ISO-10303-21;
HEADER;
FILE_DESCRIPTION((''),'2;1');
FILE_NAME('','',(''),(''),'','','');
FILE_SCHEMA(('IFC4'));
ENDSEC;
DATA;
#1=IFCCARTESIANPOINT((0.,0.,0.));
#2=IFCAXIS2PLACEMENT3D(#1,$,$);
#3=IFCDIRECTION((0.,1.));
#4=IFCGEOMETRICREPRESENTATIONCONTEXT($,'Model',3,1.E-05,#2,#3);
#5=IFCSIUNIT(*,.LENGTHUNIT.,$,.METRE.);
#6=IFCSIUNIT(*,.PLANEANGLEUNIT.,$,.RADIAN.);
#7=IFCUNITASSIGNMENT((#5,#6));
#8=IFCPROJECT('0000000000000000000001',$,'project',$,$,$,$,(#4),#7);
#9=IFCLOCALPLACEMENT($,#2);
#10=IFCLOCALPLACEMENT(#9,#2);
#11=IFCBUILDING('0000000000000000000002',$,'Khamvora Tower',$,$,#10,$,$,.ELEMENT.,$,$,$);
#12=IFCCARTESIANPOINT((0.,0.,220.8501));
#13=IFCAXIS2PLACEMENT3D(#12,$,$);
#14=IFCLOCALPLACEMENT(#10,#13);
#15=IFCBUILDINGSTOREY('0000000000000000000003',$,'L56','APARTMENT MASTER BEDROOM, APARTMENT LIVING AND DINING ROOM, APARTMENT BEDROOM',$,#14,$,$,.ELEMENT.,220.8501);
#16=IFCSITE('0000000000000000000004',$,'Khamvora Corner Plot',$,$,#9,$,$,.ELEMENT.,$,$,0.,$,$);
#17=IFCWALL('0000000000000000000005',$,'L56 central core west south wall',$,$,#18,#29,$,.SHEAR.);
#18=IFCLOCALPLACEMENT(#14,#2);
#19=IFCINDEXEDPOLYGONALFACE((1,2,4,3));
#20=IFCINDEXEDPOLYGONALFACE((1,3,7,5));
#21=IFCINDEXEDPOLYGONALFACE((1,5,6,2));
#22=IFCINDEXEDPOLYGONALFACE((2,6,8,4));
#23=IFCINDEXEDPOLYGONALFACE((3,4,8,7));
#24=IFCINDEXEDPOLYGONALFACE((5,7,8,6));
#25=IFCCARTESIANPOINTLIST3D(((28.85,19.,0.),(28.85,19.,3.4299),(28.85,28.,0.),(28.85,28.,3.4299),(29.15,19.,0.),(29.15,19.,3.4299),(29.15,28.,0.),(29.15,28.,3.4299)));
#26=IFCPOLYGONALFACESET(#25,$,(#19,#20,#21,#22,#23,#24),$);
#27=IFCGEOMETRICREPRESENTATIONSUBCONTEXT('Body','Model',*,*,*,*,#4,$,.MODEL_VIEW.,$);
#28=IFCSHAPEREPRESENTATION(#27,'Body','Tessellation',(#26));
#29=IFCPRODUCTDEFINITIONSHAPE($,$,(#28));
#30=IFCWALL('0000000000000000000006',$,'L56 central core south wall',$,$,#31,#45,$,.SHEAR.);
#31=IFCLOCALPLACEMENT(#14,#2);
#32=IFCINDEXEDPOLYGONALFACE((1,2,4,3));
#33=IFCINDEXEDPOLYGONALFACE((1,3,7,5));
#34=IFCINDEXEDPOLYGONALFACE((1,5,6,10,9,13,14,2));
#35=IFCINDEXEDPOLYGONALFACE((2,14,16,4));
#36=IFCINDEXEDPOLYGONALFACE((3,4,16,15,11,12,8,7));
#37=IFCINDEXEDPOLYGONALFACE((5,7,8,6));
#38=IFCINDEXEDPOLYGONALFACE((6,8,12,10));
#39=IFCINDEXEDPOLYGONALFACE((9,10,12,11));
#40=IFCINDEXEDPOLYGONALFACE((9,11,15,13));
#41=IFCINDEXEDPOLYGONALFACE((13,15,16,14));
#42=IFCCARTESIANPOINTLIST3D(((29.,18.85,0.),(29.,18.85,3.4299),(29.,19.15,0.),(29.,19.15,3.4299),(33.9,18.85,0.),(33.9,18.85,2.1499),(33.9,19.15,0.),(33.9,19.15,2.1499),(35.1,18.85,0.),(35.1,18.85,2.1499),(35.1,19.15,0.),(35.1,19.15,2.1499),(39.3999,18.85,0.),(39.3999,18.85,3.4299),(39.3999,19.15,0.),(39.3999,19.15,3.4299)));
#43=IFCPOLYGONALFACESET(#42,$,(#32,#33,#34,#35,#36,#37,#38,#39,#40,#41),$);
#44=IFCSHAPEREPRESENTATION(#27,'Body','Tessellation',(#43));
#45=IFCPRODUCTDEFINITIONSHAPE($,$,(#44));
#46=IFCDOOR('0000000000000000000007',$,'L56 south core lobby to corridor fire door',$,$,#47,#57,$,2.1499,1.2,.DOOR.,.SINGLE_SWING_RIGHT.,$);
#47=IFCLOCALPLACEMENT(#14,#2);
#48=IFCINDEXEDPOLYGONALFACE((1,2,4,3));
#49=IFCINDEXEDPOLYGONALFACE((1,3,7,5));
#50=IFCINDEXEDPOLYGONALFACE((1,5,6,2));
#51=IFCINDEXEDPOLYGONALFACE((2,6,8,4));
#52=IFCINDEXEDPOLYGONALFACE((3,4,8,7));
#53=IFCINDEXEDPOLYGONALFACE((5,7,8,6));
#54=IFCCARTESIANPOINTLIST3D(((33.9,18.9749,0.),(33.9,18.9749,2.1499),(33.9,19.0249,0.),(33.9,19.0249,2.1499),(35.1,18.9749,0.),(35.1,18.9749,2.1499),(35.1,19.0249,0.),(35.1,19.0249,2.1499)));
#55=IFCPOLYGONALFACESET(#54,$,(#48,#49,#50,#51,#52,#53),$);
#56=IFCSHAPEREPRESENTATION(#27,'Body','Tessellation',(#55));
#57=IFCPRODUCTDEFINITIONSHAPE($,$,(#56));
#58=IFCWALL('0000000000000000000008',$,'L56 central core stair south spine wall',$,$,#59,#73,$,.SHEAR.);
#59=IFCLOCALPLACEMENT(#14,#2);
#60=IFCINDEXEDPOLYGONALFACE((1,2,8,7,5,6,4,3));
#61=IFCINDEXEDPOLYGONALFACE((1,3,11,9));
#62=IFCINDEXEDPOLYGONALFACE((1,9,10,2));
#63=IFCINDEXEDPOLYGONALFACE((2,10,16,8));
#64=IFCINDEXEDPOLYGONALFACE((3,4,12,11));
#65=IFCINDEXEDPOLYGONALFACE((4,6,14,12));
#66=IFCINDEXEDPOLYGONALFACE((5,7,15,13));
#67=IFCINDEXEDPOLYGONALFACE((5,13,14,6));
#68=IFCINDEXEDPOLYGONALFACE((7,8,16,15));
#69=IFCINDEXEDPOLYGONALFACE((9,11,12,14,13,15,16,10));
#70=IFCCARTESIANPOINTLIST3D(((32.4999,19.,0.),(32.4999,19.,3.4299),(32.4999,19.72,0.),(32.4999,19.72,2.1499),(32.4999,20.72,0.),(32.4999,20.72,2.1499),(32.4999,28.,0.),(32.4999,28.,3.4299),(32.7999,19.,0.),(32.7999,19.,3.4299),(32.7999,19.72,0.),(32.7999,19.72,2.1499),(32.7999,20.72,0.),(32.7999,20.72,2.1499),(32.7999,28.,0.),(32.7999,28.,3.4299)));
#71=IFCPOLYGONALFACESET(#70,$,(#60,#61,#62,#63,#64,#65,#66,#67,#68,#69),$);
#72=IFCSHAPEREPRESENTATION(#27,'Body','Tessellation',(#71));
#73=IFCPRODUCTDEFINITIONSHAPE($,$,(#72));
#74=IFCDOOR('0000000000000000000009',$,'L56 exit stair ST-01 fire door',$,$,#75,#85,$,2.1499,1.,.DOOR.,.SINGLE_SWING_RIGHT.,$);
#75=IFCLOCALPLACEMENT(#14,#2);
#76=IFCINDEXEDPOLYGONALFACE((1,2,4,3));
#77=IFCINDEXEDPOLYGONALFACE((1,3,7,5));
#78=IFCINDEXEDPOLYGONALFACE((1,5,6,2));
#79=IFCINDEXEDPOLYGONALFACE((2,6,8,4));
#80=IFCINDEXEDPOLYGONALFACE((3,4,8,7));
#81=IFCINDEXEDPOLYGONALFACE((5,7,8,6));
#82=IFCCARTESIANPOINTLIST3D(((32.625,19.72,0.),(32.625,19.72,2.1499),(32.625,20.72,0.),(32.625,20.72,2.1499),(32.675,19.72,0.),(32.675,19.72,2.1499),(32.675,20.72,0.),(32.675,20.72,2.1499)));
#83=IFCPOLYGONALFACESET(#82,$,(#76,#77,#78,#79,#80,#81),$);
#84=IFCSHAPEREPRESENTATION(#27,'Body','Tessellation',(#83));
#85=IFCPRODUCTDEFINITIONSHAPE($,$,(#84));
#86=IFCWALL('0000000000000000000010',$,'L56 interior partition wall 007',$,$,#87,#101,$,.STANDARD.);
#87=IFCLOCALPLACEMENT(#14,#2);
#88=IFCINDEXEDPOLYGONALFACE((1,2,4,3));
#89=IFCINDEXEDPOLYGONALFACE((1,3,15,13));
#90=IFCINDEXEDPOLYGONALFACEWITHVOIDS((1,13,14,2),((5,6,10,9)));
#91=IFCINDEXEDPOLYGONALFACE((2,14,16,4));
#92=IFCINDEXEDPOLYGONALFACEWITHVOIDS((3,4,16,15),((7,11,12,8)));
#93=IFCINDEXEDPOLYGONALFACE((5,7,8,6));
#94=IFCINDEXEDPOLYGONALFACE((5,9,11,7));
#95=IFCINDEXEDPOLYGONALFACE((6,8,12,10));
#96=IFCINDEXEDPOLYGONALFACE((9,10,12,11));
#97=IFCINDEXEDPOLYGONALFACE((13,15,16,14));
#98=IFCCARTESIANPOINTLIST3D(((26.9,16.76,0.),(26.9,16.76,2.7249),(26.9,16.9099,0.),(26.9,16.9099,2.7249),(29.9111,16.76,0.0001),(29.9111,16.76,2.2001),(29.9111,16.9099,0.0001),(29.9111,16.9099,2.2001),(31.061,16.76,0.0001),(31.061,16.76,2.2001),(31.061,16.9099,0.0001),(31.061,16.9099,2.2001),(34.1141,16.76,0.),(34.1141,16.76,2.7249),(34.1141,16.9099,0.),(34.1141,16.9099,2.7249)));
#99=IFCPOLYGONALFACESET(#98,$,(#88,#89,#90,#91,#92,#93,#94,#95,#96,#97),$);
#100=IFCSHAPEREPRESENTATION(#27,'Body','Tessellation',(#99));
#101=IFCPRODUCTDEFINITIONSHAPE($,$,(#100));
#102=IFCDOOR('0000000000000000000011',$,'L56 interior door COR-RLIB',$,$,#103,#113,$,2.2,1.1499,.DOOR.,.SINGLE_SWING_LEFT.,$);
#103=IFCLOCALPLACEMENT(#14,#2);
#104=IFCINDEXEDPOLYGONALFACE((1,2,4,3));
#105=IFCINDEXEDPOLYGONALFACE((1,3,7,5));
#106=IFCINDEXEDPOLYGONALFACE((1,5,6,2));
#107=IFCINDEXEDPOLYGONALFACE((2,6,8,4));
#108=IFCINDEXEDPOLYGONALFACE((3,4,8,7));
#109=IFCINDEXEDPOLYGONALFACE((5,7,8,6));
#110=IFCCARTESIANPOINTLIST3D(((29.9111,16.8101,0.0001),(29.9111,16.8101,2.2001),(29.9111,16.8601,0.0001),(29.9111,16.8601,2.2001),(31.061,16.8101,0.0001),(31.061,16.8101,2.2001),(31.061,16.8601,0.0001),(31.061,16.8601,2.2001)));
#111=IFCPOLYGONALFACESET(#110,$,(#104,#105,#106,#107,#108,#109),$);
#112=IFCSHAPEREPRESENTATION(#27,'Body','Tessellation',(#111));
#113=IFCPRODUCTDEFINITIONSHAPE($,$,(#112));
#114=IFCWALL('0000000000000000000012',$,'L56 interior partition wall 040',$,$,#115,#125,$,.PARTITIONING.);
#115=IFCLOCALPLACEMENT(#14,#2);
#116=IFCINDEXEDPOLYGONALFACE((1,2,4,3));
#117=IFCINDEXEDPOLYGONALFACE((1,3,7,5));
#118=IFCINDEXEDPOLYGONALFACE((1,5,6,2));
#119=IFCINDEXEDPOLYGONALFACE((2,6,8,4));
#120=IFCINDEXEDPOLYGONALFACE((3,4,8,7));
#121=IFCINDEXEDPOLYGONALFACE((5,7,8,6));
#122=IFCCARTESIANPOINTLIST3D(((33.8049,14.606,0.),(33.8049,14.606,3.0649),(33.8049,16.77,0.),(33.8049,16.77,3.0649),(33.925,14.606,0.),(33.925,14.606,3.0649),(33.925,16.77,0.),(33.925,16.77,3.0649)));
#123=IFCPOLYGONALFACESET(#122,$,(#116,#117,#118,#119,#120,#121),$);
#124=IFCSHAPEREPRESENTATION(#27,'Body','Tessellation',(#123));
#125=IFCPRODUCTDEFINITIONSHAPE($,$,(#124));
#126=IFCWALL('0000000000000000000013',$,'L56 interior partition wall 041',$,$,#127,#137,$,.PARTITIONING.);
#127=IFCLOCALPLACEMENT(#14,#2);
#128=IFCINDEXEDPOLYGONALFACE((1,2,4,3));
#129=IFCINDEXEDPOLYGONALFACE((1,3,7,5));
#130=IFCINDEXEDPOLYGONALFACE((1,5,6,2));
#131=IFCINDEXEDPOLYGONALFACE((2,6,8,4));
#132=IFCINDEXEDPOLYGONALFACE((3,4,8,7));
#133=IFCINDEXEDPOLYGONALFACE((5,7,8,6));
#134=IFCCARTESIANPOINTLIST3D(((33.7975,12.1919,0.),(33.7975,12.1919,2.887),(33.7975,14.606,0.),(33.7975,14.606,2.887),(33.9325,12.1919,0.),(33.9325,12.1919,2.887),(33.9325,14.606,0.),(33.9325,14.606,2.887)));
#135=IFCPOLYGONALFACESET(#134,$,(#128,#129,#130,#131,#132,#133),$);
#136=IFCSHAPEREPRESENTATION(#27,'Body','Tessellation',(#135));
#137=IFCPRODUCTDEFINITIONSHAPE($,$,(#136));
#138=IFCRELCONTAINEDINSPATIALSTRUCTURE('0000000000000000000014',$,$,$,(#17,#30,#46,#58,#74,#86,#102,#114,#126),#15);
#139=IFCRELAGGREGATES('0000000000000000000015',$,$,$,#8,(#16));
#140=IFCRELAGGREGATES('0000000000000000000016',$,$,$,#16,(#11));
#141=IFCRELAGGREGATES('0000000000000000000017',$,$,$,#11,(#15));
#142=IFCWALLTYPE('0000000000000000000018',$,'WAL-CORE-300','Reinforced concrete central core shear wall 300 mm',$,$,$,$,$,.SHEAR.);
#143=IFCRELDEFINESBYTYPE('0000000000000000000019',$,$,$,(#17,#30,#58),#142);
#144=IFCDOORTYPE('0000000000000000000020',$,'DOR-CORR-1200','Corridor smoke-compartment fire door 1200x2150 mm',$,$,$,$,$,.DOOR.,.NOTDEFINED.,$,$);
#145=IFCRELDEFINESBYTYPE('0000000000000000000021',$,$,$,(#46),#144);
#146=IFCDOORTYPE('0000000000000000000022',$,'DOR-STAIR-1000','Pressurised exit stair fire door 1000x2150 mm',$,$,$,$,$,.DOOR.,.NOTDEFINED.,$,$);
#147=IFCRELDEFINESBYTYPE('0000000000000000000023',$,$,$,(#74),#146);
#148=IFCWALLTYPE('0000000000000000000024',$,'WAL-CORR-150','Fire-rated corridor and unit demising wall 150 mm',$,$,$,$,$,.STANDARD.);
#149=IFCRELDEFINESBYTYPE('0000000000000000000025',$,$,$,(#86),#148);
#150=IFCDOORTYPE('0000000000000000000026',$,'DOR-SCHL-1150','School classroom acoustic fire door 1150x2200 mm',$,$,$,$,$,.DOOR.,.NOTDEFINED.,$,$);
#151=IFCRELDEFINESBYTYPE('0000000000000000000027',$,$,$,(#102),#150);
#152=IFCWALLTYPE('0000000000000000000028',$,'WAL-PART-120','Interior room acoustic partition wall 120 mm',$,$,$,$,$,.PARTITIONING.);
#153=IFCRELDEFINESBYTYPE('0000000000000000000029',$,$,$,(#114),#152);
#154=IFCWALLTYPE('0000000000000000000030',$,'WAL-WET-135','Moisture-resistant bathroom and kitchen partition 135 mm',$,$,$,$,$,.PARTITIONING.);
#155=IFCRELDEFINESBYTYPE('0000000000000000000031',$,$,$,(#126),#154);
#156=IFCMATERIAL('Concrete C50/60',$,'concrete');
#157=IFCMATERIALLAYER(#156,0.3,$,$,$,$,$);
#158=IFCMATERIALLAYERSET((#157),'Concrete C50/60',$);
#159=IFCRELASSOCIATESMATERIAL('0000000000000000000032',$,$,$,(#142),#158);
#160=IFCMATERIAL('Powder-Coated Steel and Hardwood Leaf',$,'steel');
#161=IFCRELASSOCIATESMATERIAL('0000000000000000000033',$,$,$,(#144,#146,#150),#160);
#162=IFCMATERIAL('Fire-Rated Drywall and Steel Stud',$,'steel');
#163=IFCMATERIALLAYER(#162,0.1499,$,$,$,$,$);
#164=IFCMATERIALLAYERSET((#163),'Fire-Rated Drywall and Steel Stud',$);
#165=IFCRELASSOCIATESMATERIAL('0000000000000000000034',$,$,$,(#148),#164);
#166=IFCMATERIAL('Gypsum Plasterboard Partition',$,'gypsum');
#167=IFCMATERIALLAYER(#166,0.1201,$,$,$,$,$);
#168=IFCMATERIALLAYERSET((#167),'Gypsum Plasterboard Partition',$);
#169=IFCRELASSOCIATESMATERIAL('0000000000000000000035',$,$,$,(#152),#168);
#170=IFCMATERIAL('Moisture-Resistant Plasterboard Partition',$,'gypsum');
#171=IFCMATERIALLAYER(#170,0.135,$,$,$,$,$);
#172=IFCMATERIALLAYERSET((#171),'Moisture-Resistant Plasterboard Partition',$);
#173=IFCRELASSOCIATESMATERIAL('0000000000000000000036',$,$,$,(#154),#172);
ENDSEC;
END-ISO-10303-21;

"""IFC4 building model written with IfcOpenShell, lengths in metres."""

from ifc_helpers import new_model, si_unit, direction, frame, frame_2d, origin, place, context, subcontext, project, spatial, rectangle, extrude, material, layer, layer_set, type_object, element, fill, save


model = new_model("IFC4")

# Units and contexts
model_context = context("Model", 3, precision=1e-05, world=origin(), true_north=direction((0.0, 1.0)))
body_context = subcontext(model_context, "Body", "Model", "MODEL_VIEW")
ifc_project = project(units=[si_unit("LENGTHUNIT", "METRE"), si_unit("PLANEANGLEUNIT", "RADIAN")], contexts=[model_context])

# Site, building, storey
site_placement = place(None, origin())
site = spatial("IfcSite", under=ifc_project, at=site_placement, Name="Khamvora Corner Plot", CompositionType="ELEMENT", RefElevation=0.0)
building_placement = place(site_placement, origin())
building = spatial("IfcBuilding", under=site, at=building_placement, Name="Khamvora Tower", CompositionType="ELEMENT")
storey_placement = place(building_placement, frame((0.0, 0.0, 220.8501)))
storey = spatial("IfcBuildingStorey", under=building, at=storey_placement, Name="L56", Description="APARTMENT MASTER BEDROOM, APARTMENT LIVING AND DINING ROOM, APARTMENT BEDROOM", CompositionType="ELEMENT", Elevation=220.8501)

# Wall
ifc_material_1 = material(Name="Concrete C50/60", Category="concrete")
ifc_layer_1 = layer(ifc_material_1, 0.3)
ifc_layer_set_1 = layer_set([ifc_layer_1], Name="Concrete C50/60")
wall_type_1 = type_object("IfcWallType", Name="WAL-CORE-300", Description="Reinforced concrete central core shear wall 300 mm", PredefinedType="SHEAR", material=ifc_layer_set_1)
wall_1_placement = place(storey_placement, frame((29.0, 19.0, 0.0), z_axis=(0.0, 0.0, 1.0), x_axis=(0.0, 1.0, 0.0)))
element("IfcWall", 1, at=wall_1_placement, inside=storey, type_object=wall_type_1, Name="L56 central core west south wall", PredefinedType="SHEAR", context=body_context, shape_type="SweptSolid", body=[
    extrude(rectangle(XDim=9.0, YDim=0.3, at=frame_2d((4.5, 0.0))), origin(), (0.0, 0.0, 1.0), 3.4299),
])

# Walls, openings, doors
wall_2_placement = place(storey_placement, frame((29.0, 19.0, 0.0), z_axis=(0.0, 0.0, 1.0), x_axis=(1.0, 0.0, 0.0)))
wall_2 = element("IfcWall", 2, at=wall_2_placement, inside=storey, type_object=wall_type_1, Name="L56 central core south wall", PredefinedType="SHEAR", context=body_context, shape_type="SweptSolid", body=[
    extrude(rectangle(XDim=10.3999, YDim=0.3, at=frame_2d((5.2, 0.0))), origin(), (0.0, 0.0, 1.0), 3.4299),
])
opening_1_placement = place(wall_2_placement, frame((4.8999, 0.0, 0.0)))
opening_1 = element("IfcOpeningElement", 3, at=opening_1_placement, cuts=wall_2, PredefinedType="OPENING", context=body_context, shape_type="SweptSolid", body=[
    extrude(rectangle(XDim=1.2, YDim=2.1499, at=frame_2d((0.6001, 1.075))), frame((0.0, 0.1599, 0.0), z_axis=(0.0, -1.0, 0.0), x_axis=(1.0, 0.0, 0.0)), (0.0, 0.0, 1.0), 0.3201),
])
ifc_material_2 = material(Name="Powder-Coated Steel and Hardwood Leaf", Category="steel")
door_type_1 = type_object("IfcDoorType", Name="DOR-CORR-1200", Description="Corridor smoke-compartment fire door 1200x2150 mm", OperationType="NOTDEFINED", PredefinedType="DOOR", material=ifc_material_2)
door_1_placement = place(opening_1_placement, origin())
door_1 = element("IfcDoor", 4, at=door_1_placement, inside=storey, type_object=door_type_1, Name="L56 south core lobby to corridor fire door", OperationType="SINGLE_SWING_RIGHT", OverallHeight=2.1499, OverallWidth=1.2, PredefinedType="DOOR", context=body_context, shape_type="SweptSolid", body=[
    extrude(rectangle(XDim=1.2, YDim=2.1499, at=frame_2d((0.6001, 1.075))), frame((0.0, 0.0249, 0.0), z_axis=(0.0, -1.0, 0.0), x_axis=(1.0, 0.0, 0.0)), (0.0, 0.0, 1.0), 0.05),
])
fill(opening_1, door_1)
wall_3_placement = place(storey_placement, frame((32.6499, 19.0, 0.0), z_axis=(0.0, 0.0, 1.0), x_axis=(0.0, 1.0, 0.0)))
wall_3 = element("IfcWall", 5, at=wall_3_placement, inside=storey, type_object=wall_type_1, Name="L56 central core stair south spine wall", PredefinedType="SHEAR", context=body_context, shape_type="SweptSolid", body=[
    extrude(rectangle(XDim=9.0, YDim=0.3, at=frame_2d((4.5, 0.0))), origin(), (0.0, 0.0, 1.0), 3.4299),
])
opening_2_placement = place(wall_3_placement, frame((0.72, 0.0, 0.0)))
opening_2 = element("IfcOpeningElement", 6, at=opening_2_placement, cuts=wall_3, PredefinedType="OPENING", context=body_context, shape_type="SweptSolid", body=[
    extrude(rectangle(XDim=1.0, YDim=2.1499, at=frame_2d((0.5, 1.075))), frame((0.0, 0.1599, 0.0), z_axis=(0.0, -1.0, 0.0), x_axis=(1.0, 0.0, 0.0)), (0.0, 0.0, 1.0), 0.3201),
])
door_type_2 = type_object("IfcDoorType", Name="DOR-STAIR-1000", Description="Pressurised exit stair fire door 1000x2150 mm", OperationType="NOTDEFINED", PredefinedType="DOOR", material=ifc_material_2)
door_2_placement = place(opening_2_placement, origin())
door_2 = element("IfcDoor", 7, at=door_2_placement, inside=storey, type_object=door_type_2, Name="L56 exit stair ST-01 fire door", OperationType="SINGLE_SWING_RIGHT", OverallHeight=2.1499, OverallWidth=1.0, PredefinedType="DOOR", context=body_context, shape_type="SweptSolid", body=[
    extrude(rectangle(XDim=1.0, YDim=2.1499, at=frame_2d((0.5, 1.075))), frame((0.0, 0.0249, 0.0), z_axis=(0.0, -1.0, 0.0), x_axis=(1.0, 0.0, 0.0)), (0.0, 0.0, 1.0), 0.05),
])
fill(opening_2, door_2)
ifc_material_3 = material(Name="Fire-Rated Drywall and Steel Stud", Category="steel")
ifc_layer_2 = layer(ifc_material_3, 0.1499)
ifc_layer_set_2 = layer_set([ifc_layer_2], Name="Fire-Rated Drywall and Steel Stud")
wall_type_2 = type_object("IfcWallType", Name="WAL-CORR-150", Description="Fire-rated corridor and unit demising wall 150 mm", PredefinedType="STANDARD", material=ifc_layer_set_2)
wall_4_placement = place(storey_placement, frame((34.114, 16.835, 0.0), z_axis=(0.0, 0.0, 1.0), x_axis=(-1.0, 0.0, 0.0)))
wall_4 = element("IfcWall", 8, at=wall_4_placement, inside=storey, type_object=wall_type_2, Name="L56 interior partition wall 007", PredefinedType="STANDARD", context=body_context, shape_type="SweptSolid", body=[
    extrude(rectangle(XDim=7.2141, YDim=0.1499, at=frame_2d((3.6069, 0.0))), origin(), (0.0, 0.0, 1.0), 2.7249),
])
opening_3_placement = place(wall_4_placement, frame((3.053, 0.0, 0.0)))
opening_3 = element("IfcOpeningElement", 9, at=opening_3_placement, cuts=wall_4, PredefinedType="OPENING", context=body_context, shape_type="SweptSolid", body=[
    extrude(rectangle(XDim=1.1499, YDim=2.2, at=frame_2d((0.575, 1.1001))), frame((0.0, 0.085, 0.0), z_axis=(0.0, -1.0, 0.0), x_axis=(1.0, 0.0, 0.0)), (0.0, 0.0, 1.0), 0.1699),
])
door_type_3 = type_object("IfcDoorType", Name="DOR-SCHL-1150", Description="School classroom acoustic fire door 1150x2200 mm", OperationType="NOTDEFINED", PredefinedType="DOOR", material=ifc_material_2)
door_3_placement = place(opening_3_placement, origin())
door_3 = element("IfcDoor", 10, at=door_3_placement, inside=storey, type_object=door_type_3, Name="L56 interior door COR-RLIB", OperationType="SINGLE_SWING_LEFT", OverallHeight=2.2, OverallWidth=1.1499, PredefinedType="DOOR", context=body_context, shape_type="SweptSolid", body=[
    extrude(rectangle(XDim=1.1499, YDim=2.2, at=frame_2d((0.575, 1.1001))), frame((0.0, 0.0249, 0.0), z_axis=(0.0, -1.0, 0.0), x_axis=(1.0, 0.0, 0.0)), (0.0, 0.0, 1.0), 0.05),
])
fill(opening_3, door_3)

# Walls
ifc_material_4 = material(Name="Gypsum Plasterboard Partition", Category="gypsum")
ifc_layer_3 = layer(ifc_material_4, 0.1201)
ifc_layer_set_3 = layer_set([ifc_layer_3], Name="Gypsum Plasterboard Partition")
wall_type_3 = type_object("IfcWallType", Name="WAL-PART-120", Description="Interior room acoustic partition wall 120 mm", PredefinedType="PARTITIONING", material=ifc_layer_set_3)
wall_5_placement = place(storey_placement, frame((33.865, 16.77, 0.0), z_axis=(0.0, 0.0, 1.0), x_axis=(0.0, -1.0, 0.0)))
element("IfcWall", 11, at=wall_5_placement, inside=storey, type_object=wall_type_3, Name="L56 interior partition wall 040", PredefinedType="PARTITIONING", context=body_context, shape_type="SweptSolid", body=[
    extrude(rectangle(XDim=2.1641, YDim=0.1201, at=frame_2d((1.082, 0.0))), origin(), (0.0, 0.0, 1.0), 3.0649),
])
ifc_material_5 = material(Name="Moisture-Resistant Plasterboard Partition", Category="gypsum")
ifc_layer_4 = layer(ifc_material_5, 0.135)
ifc_layer_set_4 = layer_set([ifc_layer_4], Name="Moisture-Resistant Plasterboard Partition")
wall_type_4 = type_object("IfcWallType", Name="WAL-WET-135", Description="Moisture-resistant bathroom and kitchen partition 135 mm", PredefinedType="PARTITIONING", material=ifc_layer_set_4)
wall_6_placement = place(storey_placement, frame((33.865, 14.606, 0.0), z_axis=(0.0, 0.0, 1.0), x_axis=(0.0, -1.0, 0.0)))
element("IfcWall", 12, at=wall_6_placement, inside=storey, type_object=wall_type_4, Name="L56 interior partition wall 041", PredefinedType="PARTITIONING", context=body_context, shape_type="SweptSolid", body=[
    extrude(rectangle(XDim=2.4141, YDim=0.135, at=frame_2d((1.207, 0.0))), origin(), (0.0, 0.0, 1.0), 2.887),
])

save(model, "model.ifc")
